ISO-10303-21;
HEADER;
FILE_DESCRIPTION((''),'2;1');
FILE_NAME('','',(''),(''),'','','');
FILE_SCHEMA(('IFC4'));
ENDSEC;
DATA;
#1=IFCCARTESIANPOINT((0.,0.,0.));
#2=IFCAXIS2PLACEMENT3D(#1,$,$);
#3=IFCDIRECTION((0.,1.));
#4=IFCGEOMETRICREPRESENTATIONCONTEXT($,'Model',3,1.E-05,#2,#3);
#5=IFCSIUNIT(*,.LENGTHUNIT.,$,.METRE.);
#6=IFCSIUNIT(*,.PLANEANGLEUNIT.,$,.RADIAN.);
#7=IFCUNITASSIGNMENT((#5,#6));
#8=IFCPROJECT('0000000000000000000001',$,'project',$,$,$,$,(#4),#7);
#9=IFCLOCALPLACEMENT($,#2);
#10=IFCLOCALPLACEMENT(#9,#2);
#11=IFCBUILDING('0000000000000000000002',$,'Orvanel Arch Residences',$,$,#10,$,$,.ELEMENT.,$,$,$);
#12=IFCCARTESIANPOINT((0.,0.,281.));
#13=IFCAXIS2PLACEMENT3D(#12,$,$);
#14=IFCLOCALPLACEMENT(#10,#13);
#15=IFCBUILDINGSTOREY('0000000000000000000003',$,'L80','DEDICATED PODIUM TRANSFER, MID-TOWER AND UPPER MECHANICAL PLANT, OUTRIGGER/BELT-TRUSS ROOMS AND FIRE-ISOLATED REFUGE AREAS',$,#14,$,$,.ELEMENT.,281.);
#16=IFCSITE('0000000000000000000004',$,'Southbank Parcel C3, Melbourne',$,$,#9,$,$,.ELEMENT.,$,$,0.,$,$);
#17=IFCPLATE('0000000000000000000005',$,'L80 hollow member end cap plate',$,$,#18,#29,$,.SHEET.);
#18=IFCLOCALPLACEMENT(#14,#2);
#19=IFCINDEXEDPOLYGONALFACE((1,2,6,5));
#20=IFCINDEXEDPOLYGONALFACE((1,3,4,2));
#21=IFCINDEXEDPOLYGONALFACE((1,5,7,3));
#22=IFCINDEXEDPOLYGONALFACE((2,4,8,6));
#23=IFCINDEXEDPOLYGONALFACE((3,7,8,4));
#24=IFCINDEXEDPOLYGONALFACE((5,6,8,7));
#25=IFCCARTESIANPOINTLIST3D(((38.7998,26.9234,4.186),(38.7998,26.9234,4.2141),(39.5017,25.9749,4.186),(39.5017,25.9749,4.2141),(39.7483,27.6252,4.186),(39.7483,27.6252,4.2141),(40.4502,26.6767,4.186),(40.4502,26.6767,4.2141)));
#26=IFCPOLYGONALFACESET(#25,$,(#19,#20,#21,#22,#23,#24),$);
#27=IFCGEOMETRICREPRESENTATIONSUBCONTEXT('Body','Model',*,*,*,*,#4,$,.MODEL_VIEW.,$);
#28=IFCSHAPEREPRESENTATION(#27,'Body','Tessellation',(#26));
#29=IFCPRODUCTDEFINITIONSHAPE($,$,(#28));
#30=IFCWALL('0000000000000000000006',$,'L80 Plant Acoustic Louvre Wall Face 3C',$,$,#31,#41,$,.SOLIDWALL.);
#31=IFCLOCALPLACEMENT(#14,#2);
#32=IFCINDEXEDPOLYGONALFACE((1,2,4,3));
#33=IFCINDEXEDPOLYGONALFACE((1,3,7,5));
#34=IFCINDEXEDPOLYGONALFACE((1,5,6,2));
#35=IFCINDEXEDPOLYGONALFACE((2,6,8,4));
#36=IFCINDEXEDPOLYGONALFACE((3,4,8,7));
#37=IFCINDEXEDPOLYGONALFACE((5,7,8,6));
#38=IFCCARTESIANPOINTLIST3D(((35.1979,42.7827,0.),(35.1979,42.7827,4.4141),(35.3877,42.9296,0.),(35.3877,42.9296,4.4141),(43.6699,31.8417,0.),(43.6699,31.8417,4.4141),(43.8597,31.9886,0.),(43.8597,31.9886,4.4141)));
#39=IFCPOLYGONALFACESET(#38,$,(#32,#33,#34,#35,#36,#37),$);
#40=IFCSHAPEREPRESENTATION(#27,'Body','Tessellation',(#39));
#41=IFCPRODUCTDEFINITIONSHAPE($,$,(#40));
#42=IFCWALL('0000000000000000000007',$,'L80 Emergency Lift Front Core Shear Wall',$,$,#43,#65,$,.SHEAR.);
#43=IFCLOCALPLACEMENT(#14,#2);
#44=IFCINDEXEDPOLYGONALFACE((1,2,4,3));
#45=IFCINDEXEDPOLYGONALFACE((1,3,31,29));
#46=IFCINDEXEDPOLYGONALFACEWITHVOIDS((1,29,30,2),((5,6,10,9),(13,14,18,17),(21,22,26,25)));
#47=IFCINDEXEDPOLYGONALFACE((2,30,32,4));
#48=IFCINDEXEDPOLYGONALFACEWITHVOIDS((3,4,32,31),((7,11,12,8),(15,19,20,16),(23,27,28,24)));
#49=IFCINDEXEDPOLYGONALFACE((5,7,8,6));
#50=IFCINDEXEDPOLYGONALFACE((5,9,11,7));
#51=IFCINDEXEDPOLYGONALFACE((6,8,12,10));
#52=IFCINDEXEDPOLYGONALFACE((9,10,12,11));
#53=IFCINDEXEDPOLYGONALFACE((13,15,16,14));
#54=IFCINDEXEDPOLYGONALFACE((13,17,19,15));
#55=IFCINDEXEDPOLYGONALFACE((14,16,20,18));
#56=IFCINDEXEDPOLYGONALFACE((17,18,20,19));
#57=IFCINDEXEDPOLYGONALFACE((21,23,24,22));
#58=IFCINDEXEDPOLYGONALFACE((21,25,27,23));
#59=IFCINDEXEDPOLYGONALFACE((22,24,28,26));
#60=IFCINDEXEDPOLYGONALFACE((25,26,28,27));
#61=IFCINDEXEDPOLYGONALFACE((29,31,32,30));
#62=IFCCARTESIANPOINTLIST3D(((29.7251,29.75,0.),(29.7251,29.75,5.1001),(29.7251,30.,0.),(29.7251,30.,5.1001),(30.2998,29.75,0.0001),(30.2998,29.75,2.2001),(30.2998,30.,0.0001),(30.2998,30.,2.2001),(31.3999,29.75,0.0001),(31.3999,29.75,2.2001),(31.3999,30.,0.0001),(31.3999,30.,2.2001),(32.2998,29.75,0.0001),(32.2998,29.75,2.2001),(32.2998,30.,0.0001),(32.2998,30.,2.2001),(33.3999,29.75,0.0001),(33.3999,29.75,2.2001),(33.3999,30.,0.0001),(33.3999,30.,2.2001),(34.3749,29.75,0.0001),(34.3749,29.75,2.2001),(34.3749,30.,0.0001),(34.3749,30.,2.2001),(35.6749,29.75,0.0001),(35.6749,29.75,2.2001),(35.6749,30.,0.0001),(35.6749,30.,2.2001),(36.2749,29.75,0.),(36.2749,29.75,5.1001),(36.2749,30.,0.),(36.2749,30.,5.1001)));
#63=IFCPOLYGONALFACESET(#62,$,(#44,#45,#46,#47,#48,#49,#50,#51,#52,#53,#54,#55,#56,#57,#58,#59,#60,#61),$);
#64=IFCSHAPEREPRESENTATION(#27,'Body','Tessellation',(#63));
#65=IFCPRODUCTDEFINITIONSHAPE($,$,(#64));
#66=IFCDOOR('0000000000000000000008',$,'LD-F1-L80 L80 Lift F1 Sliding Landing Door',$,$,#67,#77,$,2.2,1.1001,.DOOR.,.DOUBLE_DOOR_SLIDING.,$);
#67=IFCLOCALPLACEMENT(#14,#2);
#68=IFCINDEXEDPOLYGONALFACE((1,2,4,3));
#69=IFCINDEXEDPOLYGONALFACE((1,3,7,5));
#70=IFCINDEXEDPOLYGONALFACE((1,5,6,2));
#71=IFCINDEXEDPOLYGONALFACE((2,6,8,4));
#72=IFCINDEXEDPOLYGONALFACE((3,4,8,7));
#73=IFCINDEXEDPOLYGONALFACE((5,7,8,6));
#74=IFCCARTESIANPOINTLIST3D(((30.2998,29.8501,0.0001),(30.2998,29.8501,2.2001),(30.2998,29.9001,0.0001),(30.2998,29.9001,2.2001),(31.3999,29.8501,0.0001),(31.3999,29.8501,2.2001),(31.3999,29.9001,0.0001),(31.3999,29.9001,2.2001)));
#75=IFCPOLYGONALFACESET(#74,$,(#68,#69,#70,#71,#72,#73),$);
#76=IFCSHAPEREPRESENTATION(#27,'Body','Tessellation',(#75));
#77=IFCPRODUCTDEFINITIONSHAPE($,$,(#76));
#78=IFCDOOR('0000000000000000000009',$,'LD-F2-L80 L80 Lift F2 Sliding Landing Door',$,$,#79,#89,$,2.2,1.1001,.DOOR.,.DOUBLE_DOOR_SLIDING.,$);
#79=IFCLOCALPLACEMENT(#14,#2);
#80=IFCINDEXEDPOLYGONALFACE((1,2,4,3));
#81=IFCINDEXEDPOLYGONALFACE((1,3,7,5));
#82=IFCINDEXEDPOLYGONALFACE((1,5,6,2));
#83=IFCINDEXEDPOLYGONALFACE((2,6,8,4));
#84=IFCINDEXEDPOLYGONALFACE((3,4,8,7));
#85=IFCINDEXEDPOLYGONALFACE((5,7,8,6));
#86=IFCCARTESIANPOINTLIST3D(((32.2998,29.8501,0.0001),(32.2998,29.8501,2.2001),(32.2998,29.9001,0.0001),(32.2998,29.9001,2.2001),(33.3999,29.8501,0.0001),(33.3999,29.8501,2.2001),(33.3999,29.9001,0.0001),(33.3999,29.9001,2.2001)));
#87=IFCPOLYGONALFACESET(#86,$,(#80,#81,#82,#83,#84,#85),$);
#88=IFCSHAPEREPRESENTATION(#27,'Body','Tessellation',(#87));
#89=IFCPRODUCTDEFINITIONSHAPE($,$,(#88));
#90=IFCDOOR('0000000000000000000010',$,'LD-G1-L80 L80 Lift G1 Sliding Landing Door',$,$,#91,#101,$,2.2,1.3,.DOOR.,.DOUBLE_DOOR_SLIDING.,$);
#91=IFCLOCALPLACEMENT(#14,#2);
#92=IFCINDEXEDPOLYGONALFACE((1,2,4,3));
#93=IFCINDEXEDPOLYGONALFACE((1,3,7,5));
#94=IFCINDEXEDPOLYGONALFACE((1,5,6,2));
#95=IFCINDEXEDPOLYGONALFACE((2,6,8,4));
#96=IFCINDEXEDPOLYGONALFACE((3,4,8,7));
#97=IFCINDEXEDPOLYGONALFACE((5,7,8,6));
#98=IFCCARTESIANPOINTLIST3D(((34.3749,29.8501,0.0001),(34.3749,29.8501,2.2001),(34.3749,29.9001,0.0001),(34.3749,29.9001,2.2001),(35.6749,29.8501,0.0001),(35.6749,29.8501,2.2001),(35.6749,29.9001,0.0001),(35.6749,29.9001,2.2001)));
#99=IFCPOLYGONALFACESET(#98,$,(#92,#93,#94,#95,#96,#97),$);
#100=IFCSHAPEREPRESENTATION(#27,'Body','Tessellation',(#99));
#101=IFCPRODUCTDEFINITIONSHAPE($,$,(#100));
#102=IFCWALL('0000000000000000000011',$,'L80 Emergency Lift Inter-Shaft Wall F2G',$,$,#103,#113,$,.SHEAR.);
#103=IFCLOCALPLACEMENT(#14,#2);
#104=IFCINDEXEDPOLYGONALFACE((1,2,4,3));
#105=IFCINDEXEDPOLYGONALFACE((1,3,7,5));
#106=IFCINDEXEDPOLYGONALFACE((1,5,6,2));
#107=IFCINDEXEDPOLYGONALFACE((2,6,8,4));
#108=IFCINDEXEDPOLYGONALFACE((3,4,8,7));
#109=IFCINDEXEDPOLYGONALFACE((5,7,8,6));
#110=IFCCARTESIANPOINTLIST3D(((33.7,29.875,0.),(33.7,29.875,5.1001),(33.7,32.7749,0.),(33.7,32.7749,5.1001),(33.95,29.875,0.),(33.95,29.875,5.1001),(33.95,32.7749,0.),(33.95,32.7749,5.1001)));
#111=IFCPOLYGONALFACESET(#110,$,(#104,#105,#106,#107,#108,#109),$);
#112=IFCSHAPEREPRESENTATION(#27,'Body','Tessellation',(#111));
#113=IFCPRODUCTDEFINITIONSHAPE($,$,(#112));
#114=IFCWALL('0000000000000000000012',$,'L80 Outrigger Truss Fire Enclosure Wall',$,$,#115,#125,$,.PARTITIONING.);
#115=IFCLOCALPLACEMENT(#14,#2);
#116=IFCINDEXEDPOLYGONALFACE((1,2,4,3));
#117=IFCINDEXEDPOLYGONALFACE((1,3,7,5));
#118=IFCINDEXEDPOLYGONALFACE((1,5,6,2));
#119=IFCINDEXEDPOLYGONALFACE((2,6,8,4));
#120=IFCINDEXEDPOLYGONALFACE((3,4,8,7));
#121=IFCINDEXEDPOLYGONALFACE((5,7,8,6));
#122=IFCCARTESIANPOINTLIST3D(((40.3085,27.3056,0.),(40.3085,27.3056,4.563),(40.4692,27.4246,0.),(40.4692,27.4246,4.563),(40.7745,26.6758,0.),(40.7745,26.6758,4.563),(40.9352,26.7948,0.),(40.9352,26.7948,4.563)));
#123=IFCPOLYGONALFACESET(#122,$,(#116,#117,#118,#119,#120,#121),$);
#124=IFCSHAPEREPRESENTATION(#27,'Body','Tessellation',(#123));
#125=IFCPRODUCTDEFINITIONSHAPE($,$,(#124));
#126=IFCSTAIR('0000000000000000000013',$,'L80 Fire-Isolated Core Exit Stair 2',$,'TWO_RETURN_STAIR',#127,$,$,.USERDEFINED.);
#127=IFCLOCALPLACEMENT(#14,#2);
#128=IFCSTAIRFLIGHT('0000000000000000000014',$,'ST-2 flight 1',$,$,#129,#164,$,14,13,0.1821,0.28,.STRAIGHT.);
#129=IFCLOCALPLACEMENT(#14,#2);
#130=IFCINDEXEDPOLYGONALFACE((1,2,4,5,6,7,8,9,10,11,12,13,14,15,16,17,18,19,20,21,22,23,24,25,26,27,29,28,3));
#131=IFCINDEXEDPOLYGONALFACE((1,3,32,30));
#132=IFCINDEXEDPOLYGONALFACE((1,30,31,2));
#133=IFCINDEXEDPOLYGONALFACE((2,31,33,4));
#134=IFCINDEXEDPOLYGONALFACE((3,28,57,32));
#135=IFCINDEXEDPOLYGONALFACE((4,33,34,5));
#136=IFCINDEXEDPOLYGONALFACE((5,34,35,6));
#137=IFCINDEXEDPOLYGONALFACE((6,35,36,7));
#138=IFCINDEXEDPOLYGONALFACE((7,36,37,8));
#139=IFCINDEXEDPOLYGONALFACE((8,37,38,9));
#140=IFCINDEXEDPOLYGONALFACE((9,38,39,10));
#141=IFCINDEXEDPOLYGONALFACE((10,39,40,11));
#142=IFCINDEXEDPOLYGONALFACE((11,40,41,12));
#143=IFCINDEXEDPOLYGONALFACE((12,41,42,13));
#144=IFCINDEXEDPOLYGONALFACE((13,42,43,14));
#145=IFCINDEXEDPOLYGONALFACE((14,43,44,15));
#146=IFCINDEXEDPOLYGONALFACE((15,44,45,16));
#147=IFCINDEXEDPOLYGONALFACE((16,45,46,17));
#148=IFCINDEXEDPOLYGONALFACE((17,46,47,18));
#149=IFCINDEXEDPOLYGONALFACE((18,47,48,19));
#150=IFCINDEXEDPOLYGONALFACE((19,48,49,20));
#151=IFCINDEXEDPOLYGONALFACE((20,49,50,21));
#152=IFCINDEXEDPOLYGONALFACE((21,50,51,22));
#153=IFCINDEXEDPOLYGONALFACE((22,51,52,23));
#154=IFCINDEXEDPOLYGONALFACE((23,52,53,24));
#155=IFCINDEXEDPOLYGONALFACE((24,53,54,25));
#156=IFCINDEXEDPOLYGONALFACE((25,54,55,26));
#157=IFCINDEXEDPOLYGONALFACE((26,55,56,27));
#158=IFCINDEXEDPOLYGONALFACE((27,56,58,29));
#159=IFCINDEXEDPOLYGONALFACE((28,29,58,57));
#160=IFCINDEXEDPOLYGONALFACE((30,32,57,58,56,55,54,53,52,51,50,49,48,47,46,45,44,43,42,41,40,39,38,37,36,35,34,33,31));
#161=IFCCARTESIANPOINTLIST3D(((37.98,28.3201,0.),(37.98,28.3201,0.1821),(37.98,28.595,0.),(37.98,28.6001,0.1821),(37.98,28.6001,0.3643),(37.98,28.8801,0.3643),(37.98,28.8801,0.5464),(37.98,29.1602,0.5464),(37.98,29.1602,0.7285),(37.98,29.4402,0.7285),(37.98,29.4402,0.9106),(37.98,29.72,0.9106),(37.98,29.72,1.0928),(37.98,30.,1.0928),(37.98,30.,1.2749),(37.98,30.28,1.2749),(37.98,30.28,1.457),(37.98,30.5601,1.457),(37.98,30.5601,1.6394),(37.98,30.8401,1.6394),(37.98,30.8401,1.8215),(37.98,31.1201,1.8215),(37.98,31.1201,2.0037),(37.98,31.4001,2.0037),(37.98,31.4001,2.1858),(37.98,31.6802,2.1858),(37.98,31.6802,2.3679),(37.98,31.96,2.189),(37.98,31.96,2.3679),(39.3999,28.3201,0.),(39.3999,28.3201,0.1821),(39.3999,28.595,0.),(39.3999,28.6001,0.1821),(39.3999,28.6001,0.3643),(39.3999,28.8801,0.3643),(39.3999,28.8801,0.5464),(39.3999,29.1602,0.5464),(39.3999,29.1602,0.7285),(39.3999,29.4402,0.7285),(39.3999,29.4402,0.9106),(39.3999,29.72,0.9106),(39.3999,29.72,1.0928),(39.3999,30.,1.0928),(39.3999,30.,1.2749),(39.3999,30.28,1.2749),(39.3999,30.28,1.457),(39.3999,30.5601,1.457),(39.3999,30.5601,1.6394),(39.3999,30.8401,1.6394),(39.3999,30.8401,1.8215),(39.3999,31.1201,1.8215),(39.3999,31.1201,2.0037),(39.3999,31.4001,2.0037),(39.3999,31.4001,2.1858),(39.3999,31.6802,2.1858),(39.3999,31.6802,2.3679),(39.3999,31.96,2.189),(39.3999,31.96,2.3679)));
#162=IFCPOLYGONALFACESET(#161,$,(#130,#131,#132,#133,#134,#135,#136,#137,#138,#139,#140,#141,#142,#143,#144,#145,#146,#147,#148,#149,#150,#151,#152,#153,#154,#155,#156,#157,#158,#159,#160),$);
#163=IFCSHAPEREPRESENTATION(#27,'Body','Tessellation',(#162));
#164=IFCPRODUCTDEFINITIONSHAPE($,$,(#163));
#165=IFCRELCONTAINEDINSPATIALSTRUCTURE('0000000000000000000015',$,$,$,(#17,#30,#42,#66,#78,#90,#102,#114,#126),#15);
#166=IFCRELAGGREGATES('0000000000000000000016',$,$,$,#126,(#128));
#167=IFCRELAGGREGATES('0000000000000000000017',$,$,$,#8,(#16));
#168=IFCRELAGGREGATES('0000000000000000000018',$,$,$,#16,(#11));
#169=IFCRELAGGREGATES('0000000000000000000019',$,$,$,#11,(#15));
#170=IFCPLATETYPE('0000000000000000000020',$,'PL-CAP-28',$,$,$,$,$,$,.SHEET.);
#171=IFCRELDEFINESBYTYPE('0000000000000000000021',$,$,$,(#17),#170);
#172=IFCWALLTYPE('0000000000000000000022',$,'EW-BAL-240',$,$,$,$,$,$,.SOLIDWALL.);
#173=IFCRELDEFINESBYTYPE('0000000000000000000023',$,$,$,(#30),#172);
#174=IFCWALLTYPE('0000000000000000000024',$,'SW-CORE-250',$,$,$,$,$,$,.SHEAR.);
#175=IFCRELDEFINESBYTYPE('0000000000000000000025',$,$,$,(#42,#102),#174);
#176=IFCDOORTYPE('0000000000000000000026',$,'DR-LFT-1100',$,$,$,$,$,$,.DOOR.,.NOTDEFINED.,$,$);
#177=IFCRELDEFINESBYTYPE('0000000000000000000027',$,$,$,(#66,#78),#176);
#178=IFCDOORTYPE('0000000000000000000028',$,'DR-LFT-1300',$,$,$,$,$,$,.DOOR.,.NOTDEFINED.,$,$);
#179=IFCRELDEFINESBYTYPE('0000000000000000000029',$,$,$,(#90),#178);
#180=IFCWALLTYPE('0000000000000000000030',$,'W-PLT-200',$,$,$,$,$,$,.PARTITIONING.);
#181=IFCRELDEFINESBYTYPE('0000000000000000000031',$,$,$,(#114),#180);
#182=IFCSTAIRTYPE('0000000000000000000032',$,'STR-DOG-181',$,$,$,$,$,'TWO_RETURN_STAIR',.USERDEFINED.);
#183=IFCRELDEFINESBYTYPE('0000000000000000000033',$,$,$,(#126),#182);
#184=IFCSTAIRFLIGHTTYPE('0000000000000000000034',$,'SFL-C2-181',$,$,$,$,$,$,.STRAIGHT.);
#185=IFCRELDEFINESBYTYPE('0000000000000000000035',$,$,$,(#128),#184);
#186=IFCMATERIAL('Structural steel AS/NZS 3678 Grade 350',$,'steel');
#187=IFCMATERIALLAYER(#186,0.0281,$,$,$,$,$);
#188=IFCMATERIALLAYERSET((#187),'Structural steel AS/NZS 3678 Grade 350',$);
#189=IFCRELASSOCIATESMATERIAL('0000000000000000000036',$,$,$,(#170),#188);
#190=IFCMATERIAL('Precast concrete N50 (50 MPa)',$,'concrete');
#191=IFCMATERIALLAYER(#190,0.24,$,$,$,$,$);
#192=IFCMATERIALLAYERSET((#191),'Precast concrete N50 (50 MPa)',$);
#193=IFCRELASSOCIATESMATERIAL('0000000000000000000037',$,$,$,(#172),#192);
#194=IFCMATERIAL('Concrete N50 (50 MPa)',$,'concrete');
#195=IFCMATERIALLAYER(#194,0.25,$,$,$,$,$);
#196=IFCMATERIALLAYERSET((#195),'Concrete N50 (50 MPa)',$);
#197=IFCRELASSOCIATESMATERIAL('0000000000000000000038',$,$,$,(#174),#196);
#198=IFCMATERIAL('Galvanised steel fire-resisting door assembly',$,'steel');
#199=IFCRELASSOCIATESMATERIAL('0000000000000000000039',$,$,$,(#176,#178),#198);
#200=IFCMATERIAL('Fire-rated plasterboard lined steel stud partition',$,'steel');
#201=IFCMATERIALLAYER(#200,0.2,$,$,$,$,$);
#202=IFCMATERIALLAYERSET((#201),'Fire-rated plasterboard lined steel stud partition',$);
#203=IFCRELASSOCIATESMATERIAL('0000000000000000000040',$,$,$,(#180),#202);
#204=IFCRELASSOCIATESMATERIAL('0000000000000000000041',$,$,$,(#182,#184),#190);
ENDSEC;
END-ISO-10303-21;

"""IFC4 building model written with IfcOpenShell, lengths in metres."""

from ifc_helpers import new_model, si_unit, direction, frame, frame_2d, origin, origin_2d, place, context, subcontext, project, spatial, polyline, rectangle, outline, extrude, material, layer, layer_set, type_object, element, fill, aggregate, save


model = new_model("IFC4")

# Units and contexts
model_context = context("Model", 3, precision=1e-05, world=origin(), true_north=direction((0.0, 1.0)))
body_context = subcontext(model_context, "Body", "Model", "MODEL_VIEW")
ifc_project = project(units=[si_unit("LENGTHUNIT", "METRE"), si_unit("PLANEANGLEUNIT", "RADIAN")], contexts=[model_context])

# Site, building, storey
site_placement = place(None, origin())
site = spatial("IfcSite", under=ifc_project, at=site_placement, Name="Southbank Parcel C3, Melbourne", CompositionType="ELEMENT", RefElevation=0.0)
building_placement = place(site_placement, origin())
building = spatial("IfcBuilding", under=site, at=building_placement, Name="Orvanel Arch Residences", CompositionType="ELEMENT")
storey_placement = place(building_placement, frame((0.0, 0.0, 281.0)))
storey = spatial("IfcBuildingStorey", under=building, at=storey_placement, Name="L80", Description="DEDICATED PODIUM TRANSFER, MID-TOWER AND UPPER MECHANICAL PLANT, OUTRIGGER/BELT-TRUSS ROOMS AND FIRE-ISOLATED REFUGE AREAS", CompositionType="ELEMENT", Elevation=281.0)

# Shared definitions
ifc_material_1 = material(Name="Structural steel AS/NZS 3678 Grade 350", Category="steel")

# Plate
ifc_layer_1 = layer(ifc_material_1, 0.0281)
ifc_layer_set_1 = layer_set([ifc_layer_1], Name="Structural steel AS/NZS 3678 Grade 350")
plate_type = type_object("IfcPlateType", Name="PL-CAP-28", PredefinedType="SHEET", material=ifc_layer_set_1)
for number, where, z_axis, x_axis, name in (
    (1, (39.625, 26.8, 4.186), (0.0, 0.0, 1.0), (-0.594823, 0.803857, 0.0), "L80 hollow member end cap plate"),
):
    element("IfcPlate", number, at=place(storey_placement, frame(where, z_axis=z_axis, x_axis=x_axis)), inside=storey, type_object=plate_type, Name=name, PredefinedType="SHEET", context=body_context, shape_type="SweptSolid", body=[
        extrude(rectangle(XDim=1.1799, YDim=1.1799, at=origin_2d()), origin(), (0.0, 0.0, 1.0), 0.0281),
    ])

# Wall
ifc_material_2 = material(Name="Precast concrete N50 (50 MPa)", Category="concrete")
ifc_layer_2 = layer(ifc_material_2, 0.24)
ifc_layer_set_2 = layer_set([ifc_layer_2], Name="Precast concrete N50 (50 MPa)")
wall_type_1 = type_object("IfcWallType", Name="EW-BAL-240", PredefinedType="SOLIDWALL", material=ifc_layer_set_2)
wall_1_placement = place(storey_placement, frame((43.7649, 31.915, 0.0), z_axis=(0.0, 0.0, 1.0), x_axis=(-0.612243, 0.79067, 0.0)))
element("IfcWall", 2, at=wall_1_placement, inside=storey, type_object=wall_type_1, Name="L80 Plant Acoustic Louvre Wall Face 3C", PredefinedType="SOLIDWALL", context=body_context, shape_type="SweptSolid", body=[
    extrude(rectangle(XDim=13.8376, YDim=0.24, at=frame_2d((6.9189, 0.0))), origin(), (0.0, 0.0, 1.0), 4.4141),
])

# Wall, openings, doors
ifc_material_3 = material(Name="Concrete N50 (50 MPa)", Category="concrete")
ifc_layer_3 = layer(ifc_material_3, 0.25)
ifc_layer_set_3 = layer_set([ifc_layer_3], Name="Concrete N50 (50 MPa)")
wall_type_2 = type_object("IfcWallType", Name="SW-CORE-250", PredefinedType="SHEAR", material=ifc_layer_set_3)
wall_2_placement = place(storey_placement, frame((36.2749, 29.875, 0.0), z_axis=(0.0, 0.0, 1.0), x_axis=(-1.0, 0.0, 0.0)))
wall_2 = element("IfcWall", 3, at=wall_2_placement, inside=storey, type_object=wall_type_2, Name="L80 Emergency Lift Front Core Shear Wall", PredefinedType="SHEAR", context=body_context, shape_type="SweptSolid", body=[
    extrude(rectangle(XDim=6.5498, YDim=0.25, at=frame_2d((3.2749, 0.0))), origin(), (0.0, 0.0, 1.0), 5.1001),
])
opening_1_placement = place(wall_2_placement, frame((4.875, 0.0, 0.0)))
opening_1 = element("IfcOpeningElement", 4, at=opening_1_placement, cuts=wall_2, PredefinedType="OPENING", context=body_context, shape_type="SweptSolid", body=[
    extrude(rectangle(XDim=1.1001, YDim=2.2, at=frame_2d((0.55, 1.1001))), frame((0.0, 0.135, 0.0), z_axis=(0.0, -1.0, 0.0), x_axis=(1.0, 0.0, 0.0)), (0.0, 0.0, 1.0), 0.27),
])
opening_2_placement = place(wall_2_placement, frame((2.875, 0.0, 0.0)))
opening_2 = element("IfcOpeningElement", 5, at=opening_2_placement, cuts=wall_2, PredefinedType="OPENING", context=body_context, shape_type="SweptSolid", body=[
    extrude(rectangle(XDim=1.1001, YDim=2.2, at=frame_2d((0.55, 1.1001))), frame((0.0, 0.135, 0.0), z_axis=(0.0, -1.0, 0.0), x_axis=(1.0, 0.0, 0.0)), (0.0, 0.0, 1.0), 0.27),
])
opening_3_placement = place(wall_2_placement, frame((0.6001, 0.0, 0.0)))
opening_3 = element("IfcOpeningElement", 6, at=opening_3_placement, cuts=wall_2, PredefinedType="OPENING", context=body_context, shape_type="SweptSolid", body=[
    extrude(rectangle(XDim=1.3, YDim=2.2, at=frame_2d((0.6499, 1.1001))), frame((0.0, 0.135, 0.0), z_axis=(0.0, -1.0, 0.0), x_axis=(1.0, 0.0, 0.0)), (0.0, 0.0, 1.0), 0.27),
])
ifc_material_4 = material(Name="Galvanised steel fire-resisting door assembly", Category="steel")
door_type_1 = type_object("IfcDoorType", Name="DR-LFT-1100", OperationType="NOTDEFINED", PredefinedType="DOOR", material=ifc_material_4)
door_1_placement = place(opening_1_placement, origin())
door_1 = element("IfcDoor", 7, at=door_1_placement, inside=storey, type_object=door_type_1, Name="LD-F1-L80 L80 Lift F1 Sliding Landing Door", OperationType="DOUBLE_DOOR_SLIDING", OverallHeight=2.2, OverallWidth=1.1001, PredefinedType="DOOR", context=body_context, shape_type="SweptSolid", body=[
    extrude(rectangle(XDim=1.1001, YDim=2.2, at=frame_2d((0.55, 1.1001))), frame((0.0, 0.0249, 0.0), z_axis=(0.0, -1.0, 0.0), x_axis=(1.0, 0.0, 0.0)), (0.0, 0.0, 1.0), 0.05),
])
fill(opening_1, door_1)
door_2_placement = place(opening_2_placement, origin())
door_2 = element("IfcDoor", 8, at=door_2_placement, inside=storey, type_object=door_type_1, Name="LD-F2-L80 L80 Lift F2 Sliding Landing Door", OperationType="DOUBLE_DOOR_SLIDING", OverallHeight=2.2, OverallWidth=1.1001, PredefinedType="DOOR", context=body_context, shape_type="SweptSolid", body=[
    extrude(rectangle(XDim=1.1001, YDim=2.2, at=frame_2d((0.55, 1.1001))), frame((0.0, 0.0249, 0.0), z_axis=(0.0, -1.0, 0.0), x_axis=(1.0, 0.0, 0.0)), (0.0, 0.0, 1.0), 0.05),
])
fill(opening_2, door_2)
door_type_2 = type_object("IfcDoorType", Name="DR-LFT-1300", OperationType="NOTDEFINED", PredefinedType="DOOR", material=ifc_material_4)
door_3_placement = place(opening_3_placement, origin())
door_3 = element("IfcDoor", 9, at=door_3_placement, inside=storey, type_object=door_type_2, Name="LD-G1-L80 L80 Lift G1 Sliding Landing Door", OperationType="DOUBLE_DOOR_SLIDING", OverallHeight=2.2, OverallWidth=1.3, PredefinedType="DOOR", context=body_context, shape_type="SweptSolid", body=[
    extrude(rectangle(XDim=1.3, YDim=2.2, at=frame_2d((0.6499, 1.1001))), frame((0.0, 0.0249, 0.0), z_axis=(0.0, -1.0, 0.0), x_axis=(1.0, 0.0, 0.0)), (0.0, 0.0, 1.0), 0.05),
])
fill(opening_3, door_3)

# Walls
wall_3_placement = place(storey_placement, frame((33.825, 29.875, 0.0), z_axis=(0.0, 0.0, 1.0), x_axis=(0.0, 1.0, 0.0)))
element("IfcWall", 10, at=wall_3_placement, inside=storey, type_object=wall_type_2, Name="L80 Emergency Lift Inter-Shaft Wall F2G", PredefinedType="SHEAR", context=body_context, shape_type="SweptSolid", body=[
    extrude(rectangle(XDim=2.8999, YDim=0.25, at=frame_2d((1.45, 0.0))), origin(), (0.0, 0.0, 1.0), 5.1001),
])
ifc_material_5 = material(Name="Fire-rated plasterboard lined steel stud partition", Category="steel")
ifc_layer_4 = layer(ifc_material_5, 0.2)
ifc_layer_set_4 = layer_set([ifc_layer_4], Name="Fire-rated plasterboard lined steel stud partition")
wall_type_3 = type_object("IfcWallType", Name="W-PLT-200", PredefinedType="PARTITIONING", material=ifc_layer_set_4)
wall_4_placement = place(storey_placement, frame((40.3889, 27.365, 0.0), z_axis=(0.0, 0.0, 1.0), x_axis=(0.594803, -0.803872, 0.0)))
element("IfcWall", 11, at=wall_4_placement, inside=storey, type_object=wall_type_3, Name="L80 Outrigger Truss Fire Enclosure Wall", PredefinedType="PARTITIONING", context=body_context, shape_type="SweptSolid", body=[
    extrude(rectangle(XDim=0.7834, YDim=0.2, at=frame_2d((0.3916, 0.0))), origin(), (0.0, 0.0, 1.0), 4.563),
])

# Stair, stair flight
stair_type = type_object("IfcStairType", Name="STR-DOG-181", ElementType="TWO_RETURN_STAIR", PredefinedType="USERDEFINED", material=ifc_material_2)
stair_placement = place(storey_placement, origin())
stair = element("IfcStair", 12, at=stair_placement, inside=storey, type_object=stair_type, Name="L80 Fire-Isolated Core Exit Stair 2", ObjectType="TWO_RETURN_STAIR", PredefinedType="USERDEFINED")
stair_flight_type = type_object("IfcStairFlightType", Name="SFL-C2-181", PredefinedType="STRAIGHT", material=ifc_material_2)
stair_flight_1_placement = place(storey_placement, frame((38.6899, 28.3201, 0.0), z_axis=(0.0, 0.0, 1.0), x_axis=(0.0, 1.0, 0.0)))
stair_flight_1 = element("IfcStairFlight", 13, at=stair_flight_1_placement, type_object=stair_flight_type, Name="ST-2 flight 1", NumberOfRisers=14, NumberOfTreads=13, PredefinedType="STRAIGHT", RiserHeight=0.1821, TreadLength=0.28, context=body_context, shape_type="SweptSolid", body=[
    extrude(outline(polyline([(0.0, 0.0), (0.0, 0.1821), (0.28, 0.1821), (0.28, 0.3643), (0.5601, 0.3643), (0.5601, 0.5464), (0.8401, 0.5464), (0.8401, 0.7285), (1.1201, 0.7285), (1.1201, 0.9106), (1.3999, 0.9106), (1.3999, 1.0928), (1.6799, 1.0928), (1.6799, 1.2749), (1.96, 1.2749), (1.96, 1.457), (2.24, 1.457), (2.24, 1.6394), (2.52, 1.6394), (2.52, 1.8215), (2.8, 1.8215), (2.8, 2.0037), (3.0801, 2.0037), (3.0801, 2.1858), (3.3601, 2.1858), (3.3601, 2.3679), (3.6399, 2.3679), (3.6399, 2.55), (3.6399, 2.189), (0.2749, 0.0), (0.0, 0.0)])), frame((0.0, 0.71, 0.0), z_axis=(0.0, -1.0, 0.0), x_axis=(1.0, 0.0, 0.0)), (0.0, 0.0, 1.0), 1.4199),
])
aggregate(stair, [stair_flight_1])

save(model, "model.ifc")
